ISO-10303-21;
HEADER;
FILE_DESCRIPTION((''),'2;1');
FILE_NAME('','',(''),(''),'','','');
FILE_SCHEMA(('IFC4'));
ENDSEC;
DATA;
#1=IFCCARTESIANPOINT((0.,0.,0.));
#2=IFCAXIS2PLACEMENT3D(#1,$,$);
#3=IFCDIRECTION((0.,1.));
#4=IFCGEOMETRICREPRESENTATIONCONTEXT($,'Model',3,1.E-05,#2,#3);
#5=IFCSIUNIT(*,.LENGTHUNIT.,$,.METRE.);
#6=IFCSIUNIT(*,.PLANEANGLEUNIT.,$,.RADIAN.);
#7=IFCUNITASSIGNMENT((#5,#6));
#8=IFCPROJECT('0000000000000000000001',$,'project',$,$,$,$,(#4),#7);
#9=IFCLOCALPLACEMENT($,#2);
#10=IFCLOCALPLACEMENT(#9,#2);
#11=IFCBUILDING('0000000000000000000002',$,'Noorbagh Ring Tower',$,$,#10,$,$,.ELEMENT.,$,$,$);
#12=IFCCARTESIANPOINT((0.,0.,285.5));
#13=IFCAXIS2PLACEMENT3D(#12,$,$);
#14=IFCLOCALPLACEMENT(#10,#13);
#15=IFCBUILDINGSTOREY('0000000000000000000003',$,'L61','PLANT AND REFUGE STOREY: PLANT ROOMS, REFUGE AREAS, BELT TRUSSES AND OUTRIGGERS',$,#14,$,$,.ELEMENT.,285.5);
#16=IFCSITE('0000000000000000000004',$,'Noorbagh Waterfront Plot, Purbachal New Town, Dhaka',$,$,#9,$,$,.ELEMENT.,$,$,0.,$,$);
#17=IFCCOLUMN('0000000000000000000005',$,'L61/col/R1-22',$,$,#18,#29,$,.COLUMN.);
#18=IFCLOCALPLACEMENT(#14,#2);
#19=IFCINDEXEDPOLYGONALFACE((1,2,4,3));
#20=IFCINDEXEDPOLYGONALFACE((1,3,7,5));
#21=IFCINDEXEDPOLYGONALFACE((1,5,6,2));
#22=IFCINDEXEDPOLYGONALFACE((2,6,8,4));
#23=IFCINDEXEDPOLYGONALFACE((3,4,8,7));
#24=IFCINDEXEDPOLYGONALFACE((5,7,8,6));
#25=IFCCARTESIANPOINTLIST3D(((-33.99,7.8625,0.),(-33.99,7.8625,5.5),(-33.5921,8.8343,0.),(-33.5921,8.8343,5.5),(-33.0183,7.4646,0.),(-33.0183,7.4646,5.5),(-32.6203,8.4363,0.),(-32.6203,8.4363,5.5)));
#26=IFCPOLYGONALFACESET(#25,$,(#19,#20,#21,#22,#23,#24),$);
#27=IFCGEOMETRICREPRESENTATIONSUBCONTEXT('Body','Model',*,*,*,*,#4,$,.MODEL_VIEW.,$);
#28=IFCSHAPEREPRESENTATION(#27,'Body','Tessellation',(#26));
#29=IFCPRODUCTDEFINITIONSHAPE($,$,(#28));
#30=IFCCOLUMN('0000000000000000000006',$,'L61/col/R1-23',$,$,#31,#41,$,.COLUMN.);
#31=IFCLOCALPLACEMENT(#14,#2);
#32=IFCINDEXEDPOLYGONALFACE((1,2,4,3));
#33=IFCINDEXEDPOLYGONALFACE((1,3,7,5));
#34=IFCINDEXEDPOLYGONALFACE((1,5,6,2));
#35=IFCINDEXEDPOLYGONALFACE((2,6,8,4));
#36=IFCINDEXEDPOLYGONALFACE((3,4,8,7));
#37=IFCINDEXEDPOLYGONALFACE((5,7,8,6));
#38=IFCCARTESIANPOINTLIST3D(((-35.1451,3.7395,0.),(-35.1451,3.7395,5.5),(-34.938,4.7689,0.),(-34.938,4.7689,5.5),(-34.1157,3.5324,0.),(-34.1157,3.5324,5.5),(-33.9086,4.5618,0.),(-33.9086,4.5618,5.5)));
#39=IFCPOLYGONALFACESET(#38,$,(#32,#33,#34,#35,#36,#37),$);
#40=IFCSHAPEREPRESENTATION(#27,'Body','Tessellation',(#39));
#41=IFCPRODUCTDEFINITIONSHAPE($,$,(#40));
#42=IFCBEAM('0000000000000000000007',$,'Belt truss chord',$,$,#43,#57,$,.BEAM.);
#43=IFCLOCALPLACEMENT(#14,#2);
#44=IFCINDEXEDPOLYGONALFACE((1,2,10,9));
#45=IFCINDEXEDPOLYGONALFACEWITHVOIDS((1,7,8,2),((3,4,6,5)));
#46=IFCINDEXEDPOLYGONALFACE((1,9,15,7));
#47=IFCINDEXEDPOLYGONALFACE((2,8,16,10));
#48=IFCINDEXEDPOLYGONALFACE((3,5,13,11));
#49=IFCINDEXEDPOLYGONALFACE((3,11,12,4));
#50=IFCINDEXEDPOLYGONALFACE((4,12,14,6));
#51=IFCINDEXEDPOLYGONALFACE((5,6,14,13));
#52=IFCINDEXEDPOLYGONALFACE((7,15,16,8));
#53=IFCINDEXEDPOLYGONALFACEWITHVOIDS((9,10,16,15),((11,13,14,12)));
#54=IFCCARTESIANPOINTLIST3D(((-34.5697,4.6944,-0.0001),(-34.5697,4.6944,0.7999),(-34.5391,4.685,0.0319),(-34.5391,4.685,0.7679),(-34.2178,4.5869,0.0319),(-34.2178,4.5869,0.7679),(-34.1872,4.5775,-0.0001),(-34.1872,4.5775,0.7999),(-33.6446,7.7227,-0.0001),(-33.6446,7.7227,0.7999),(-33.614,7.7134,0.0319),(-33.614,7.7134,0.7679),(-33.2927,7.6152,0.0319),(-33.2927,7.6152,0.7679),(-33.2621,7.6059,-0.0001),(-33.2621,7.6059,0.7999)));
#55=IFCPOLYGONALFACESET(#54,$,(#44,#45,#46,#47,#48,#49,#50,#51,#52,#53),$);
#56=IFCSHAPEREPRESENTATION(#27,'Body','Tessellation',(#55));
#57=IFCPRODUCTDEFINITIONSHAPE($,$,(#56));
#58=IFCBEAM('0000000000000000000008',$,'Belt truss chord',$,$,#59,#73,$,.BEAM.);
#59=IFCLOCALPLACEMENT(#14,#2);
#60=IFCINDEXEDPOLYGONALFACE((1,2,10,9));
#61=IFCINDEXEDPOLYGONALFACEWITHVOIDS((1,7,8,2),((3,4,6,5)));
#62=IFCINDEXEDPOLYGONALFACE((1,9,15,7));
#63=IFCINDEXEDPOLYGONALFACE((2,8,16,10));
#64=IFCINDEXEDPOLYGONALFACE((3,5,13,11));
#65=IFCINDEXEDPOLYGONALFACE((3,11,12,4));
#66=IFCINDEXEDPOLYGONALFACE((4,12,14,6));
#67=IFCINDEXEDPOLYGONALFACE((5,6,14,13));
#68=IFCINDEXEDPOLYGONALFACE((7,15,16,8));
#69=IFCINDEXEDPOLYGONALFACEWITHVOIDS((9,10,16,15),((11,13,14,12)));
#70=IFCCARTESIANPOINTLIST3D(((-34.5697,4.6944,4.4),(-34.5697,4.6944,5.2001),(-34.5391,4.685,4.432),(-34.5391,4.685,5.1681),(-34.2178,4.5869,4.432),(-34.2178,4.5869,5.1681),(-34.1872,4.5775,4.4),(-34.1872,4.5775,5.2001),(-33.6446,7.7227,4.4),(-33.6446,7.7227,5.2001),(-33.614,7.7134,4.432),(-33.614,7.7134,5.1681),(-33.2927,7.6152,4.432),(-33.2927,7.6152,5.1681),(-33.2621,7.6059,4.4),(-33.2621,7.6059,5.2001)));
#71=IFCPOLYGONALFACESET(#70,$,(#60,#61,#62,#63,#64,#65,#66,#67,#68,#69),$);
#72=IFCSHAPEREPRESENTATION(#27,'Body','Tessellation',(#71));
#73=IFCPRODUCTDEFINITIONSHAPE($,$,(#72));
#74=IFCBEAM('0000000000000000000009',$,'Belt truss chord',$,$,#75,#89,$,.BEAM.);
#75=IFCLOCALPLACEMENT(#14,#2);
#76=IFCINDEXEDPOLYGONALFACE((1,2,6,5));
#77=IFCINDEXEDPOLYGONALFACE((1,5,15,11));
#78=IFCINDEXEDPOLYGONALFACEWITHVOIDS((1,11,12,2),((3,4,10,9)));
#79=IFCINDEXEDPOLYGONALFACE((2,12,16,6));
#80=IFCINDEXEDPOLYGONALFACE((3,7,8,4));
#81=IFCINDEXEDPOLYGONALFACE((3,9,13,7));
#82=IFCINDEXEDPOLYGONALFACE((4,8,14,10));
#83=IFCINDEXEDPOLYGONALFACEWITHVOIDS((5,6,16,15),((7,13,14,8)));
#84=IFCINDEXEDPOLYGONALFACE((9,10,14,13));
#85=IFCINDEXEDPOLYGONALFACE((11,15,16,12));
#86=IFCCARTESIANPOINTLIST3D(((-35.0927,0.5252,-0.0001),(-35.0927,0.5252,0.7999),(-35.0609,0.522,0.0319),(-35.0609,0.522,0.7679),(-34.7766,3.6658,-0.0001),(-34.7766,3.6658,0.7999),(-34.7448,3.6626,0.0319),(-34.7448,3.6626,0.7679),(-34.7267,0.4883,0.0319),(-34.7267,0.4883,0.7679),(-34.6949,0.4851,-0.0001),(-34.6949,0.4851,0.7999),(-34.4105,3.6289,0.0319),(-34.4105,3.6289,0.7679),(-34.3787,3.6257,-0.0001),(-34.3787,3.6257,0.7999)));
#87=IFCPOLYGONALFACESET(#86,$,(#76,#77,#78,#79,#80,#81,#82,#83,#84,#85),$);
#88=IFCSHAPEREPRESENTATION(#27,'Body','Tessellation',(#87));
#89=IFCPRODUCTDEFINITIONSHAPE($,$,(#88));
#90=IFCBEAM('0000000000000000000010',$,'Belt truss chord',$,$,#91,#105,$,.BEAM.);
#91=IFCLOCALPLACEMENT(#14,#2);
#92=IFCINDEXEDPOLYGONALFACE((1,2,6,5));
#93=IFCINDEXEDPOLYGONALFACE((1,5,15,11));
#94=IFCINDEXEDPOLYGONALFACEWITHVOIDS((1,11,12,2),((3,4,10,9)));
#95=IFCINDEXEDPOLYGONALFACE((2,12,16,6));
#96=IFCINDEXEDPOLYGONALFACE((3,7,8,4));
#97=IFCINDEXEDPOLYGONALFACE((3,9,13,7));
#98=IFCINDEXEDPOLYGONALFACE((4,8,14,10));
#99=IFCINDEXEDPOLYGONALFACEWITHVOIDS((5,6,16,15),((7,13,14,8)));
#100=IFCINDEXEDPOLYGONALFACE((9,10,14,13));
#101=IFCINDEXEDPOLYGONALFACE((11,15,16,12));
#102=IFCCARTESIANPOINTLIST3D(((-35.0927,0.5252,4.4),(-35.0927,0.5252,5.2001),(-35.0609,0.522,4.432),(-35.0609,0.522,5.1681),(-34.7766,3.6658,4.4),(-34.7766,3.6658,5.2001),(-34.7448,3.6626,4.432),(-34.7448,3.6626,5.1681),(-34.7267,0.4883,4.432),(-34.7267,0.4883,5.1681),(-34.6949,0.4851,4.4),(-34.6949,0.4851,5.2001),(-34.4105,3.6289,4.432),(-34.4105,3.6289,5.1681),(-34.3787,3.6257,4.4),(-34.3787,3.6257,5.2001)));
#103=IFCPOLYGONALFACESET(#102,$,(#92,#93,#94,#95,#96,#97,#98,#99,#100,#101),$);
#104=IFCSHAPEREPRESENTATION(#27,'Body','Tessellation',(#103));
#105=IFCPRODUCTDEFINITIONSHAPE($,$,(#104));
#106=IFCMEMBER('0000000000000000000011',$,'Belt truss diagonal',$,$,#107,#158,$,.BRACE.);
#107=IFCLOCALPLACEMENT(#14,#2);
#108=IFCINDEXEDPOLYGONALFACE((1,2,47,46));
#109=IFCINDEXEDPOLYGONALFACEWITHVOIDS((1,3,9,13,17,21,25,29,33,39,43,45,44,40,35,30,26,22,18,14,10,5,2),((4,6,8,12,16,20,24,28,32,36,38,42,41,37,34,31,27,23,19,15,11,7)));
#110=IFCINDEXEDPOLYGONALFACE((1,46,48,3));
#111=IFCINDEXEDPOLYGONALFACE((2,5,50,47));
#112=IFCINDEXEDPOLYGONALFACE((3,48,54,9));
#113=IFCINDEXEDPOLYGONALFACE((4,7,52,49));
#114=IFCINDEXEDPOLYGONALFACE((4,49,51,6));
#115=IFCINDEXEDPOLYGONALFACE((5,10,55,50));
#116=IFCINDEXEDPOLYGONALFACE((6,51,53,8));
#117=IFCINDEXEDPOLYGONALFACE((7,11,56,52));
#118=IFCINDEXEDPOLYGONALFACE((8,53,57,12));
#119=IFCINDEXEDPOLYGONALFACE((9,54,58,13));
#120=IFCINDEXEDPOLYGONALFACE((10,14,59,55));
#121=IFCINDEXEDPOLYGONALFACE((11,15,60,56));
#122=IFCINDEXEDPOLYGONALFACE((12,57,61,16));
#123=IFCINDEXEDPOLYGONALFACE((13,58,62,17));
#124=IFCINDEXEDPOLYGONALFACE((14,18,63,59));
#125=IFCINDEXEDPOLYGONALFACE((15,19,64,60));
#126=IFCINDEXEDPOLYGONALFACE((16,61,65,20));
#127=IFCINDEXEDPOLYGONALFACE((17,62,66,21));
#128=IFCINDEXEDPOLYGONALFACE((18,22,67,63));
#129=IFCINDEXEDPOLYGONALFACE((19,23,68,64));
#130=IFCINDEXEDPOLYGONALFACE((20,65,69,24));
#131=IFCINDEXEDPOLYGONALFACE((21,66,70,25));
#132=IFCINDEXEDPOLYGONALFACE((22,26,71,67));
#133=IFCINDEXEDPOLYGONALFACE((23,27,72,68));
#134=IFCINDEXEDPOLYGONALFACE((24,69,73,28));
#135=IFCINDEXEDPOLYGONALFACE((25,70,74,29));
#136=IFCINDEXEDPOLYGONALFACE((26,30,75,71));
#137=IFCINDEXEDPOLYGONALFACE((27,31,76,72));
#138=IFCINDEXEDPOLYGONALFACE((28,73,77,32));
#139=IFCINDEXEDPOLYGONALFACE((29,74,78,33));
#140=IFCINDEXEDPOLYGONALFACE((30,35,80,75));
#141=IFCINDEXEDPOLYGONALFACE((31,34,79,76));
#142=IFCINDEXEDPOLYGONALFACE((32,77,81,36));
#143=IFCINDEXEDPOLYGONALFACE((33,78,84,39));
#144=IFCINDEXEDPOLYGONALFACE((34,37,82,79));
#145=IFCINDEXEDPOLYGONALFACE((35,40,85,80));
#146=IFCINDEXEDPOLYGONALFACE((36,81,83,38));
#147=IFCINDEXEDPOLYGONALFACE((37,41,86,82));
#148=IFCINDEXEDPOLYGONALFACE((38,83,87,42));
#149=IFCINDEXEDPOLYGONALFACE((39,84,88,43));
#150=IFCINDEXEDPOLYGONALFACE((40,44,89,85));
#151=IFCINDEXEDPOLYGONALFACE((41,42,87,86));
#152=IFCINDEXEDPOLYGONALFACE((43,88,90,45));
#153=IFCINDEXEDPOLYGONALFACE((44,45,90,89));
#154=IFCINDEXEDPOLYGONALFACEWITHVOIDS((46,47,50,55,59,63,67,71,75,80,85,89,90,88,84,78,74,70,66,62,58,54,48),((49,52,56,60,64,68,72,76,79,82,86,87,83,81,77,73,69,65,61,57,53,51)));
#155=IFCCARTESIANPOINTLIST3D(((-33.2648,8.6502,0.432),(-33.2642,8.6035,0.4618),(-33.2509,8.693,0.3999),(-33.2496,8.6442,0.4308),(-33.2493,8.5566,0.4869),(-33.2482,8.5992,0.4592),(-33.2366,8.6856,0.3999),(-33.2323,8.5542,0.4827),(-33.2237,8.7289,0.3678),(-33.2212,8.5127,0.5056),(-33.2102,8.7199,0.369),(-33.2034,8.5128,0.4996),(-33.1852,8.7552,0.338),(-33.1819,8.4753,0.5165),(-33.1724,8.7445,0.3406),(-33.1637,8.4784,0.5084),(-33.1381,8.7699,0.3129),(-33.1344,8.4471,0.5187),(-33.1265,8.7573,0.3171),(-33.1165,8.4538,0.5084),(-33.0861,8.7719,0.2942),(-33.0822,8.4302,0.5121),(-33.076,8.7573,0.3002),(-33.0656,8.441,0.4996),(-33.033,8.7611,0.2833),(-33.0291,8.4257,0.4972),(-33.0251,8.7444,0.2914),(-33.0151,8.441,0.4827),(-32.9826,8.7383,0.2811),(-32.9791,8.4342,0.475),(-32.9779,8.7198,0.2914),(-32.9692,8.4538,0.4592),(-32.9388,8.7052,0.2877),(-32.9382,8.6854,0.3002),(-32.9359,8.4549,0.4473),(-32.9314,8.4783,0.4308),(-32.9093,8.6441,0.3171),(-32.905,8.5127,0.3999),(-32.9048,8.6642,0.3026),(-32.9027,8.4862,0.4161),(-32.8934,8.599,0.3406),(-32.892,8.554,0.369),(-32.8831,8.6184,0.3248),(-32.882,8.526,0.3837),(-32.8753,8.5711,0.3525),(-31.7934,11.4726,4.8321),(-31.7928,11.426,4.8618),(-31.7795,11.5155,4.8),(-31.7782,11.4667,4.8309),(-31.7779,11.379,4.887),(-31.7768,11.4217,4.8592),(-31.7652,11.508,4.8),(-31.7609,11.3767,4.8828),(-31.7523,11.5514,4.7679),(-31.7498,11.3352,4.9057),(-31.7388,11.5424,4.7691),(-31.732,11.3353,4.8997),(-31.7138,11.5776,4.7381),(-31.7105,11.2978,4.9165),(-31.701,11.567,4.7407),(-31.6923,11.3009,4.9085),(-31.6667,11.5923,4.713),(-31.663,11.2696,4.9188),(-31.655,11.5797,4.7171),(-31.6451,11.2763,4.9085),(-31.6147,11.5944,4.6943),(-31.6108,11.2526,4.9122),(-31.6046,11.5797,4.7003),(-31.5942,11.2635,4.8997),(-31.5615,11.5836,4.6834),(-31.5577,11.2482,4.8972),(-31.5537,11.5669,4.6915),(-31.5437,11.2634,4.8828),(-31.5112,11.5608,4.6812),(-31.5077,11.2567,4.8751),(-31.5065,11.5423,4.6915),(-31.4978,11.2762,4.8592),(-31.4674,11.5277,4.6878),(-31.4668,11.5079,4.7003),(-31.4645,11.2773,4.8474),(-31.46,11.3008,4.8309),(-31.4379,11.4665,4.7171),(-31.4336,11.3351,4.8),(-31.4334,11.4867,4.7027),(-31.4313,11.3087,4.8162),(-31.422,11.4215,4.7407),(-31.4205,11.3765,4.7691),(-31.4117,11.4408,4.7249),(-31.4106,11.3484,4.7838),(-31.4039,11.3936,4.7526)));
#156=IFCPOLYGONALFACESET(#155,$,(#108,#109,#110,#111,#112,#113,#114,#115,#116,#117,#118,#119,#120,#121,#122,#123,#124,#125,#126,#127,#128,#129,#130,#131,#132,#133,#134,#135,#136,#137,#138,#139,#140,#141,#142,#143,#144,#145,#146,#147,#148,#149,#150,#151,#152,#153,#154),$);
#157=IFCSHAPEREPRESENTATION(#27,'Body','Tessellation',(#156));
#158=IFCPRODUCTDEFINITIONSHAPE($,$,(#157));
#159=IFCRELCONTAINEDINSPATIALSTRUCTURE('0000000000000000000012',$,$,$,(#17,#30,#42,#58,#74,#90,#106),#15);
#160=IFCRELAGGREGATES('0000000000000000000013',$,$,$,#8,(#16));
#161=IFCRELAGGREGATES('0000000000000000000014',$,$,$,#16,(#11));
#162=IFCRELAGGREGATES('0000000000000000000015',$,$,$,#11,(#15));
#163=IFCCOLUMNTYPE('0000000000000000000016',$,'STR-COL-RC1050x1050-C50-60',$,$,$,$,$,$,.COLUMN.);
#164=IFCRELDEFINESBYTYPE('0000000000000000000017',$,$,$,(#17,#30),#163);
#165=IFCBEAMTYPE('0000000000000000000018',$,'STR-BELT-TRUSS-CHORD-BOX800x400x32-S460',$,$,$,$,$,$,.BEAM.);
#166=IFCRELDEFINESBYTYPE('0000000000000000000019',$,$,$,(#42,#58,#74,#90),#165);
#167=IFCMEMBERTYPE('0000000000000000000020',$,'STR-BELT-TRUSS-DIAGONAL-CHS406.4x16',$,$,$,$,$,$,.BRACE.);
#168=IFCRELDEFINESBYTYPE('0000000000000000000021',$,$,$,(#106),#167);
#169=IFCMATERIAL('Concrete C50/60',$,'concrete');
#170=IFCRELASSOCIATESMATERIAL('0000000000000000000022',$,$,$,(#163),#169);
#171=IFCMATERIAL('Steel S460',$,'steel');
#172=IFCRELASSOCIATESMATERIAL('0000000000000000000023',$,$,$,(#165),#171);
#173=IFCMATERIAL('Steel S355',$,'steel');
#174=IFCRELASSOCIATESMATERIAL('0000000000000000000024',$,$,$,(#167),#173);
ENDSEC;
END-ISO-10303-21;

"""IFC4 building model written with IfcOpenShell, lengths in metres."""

from ifc_helpers import new_model, si_unit, direction, frame, origin, origin_2d, place, context, subcontext, project, spatial, rectangle, hollow_rectangle, hollow_circle, extrude, material, material_profile, profile_set, type_object, element, save


model = new_model("IFC4")

# Units and contexts
model_context = context("Model", 3, precision=1e-05, world=origin(), true_north=direction((0.0, 1.0)))
body_context = subcontext(model_context, "Body", "Model", "MODEL_VIEW")
ifc_project = project(units=[si_unit("LENGTHUNIT", "METRE"), si_unit("PLANEANGLEUNIT", "RADIAN")], contexts=[model_context])

# Site, building, storey
site_placement = place(None, origin())
site = spatial("IfcSite", under=ifc_project, at=site_placement, Name="Noorbagh Waterfront Plot, Purbachal New Town, Dhaka", CompositionType="ELEMENT", RefElevation=0.0)
building_placement = place(site_placement, origin())
building = spatial("IfcBuilding", under=site, at=building_placement, Name="Noorbagh Ring Tower", CompositionType="ELEMENT")
storey_placement = place(building_placement, frame((0.0, 0.0, 285.5)))
storey = spatial("IfcBuildingStorey", under=building, at=storey_placement, Name="L61", Description="PLANT AND REFUGE STOREY: PLANT ROOMS, REFUGE AREAS, BELT TRUSSES AND OUTRIGGERS", CompositionType="ELEMENT", Elevation=285.5)

# Columns
ifc_material_1 = material(Name="Concrete C50/60", Category="concrete")
ifc_material_profile_1 = material_profile(ifc_material_1, rectangle(XDim=1.05, YDim=1.05, at=origin_2d()), Name="RC1050x1050")
ifc_profile_set_1 = profile_set([ifc_material_profile_1], Name="Concrete C50/60")
column_type = type_object("IfcColumnType", Name="STR-COL-RC1050x1050-C50-60", PredefinedType="COLUMN", material=ifc_profile_set_1)
for number, where, z_axis, x_axis, name in (
    (1, (-33.3052, 8.1494, 0.0), (0.0, 0.0, 1.0), (-0.378989, -0.925401, 0.0), "L61/col/R1-22"),
    (2, (-34.5269, 4.1506, 0.0), (0.0, 0.0, 1.0), (-0.19723, -0.980357, 0.0), "L61/col/R1-23"),
):
    element("IfcColumn", number, at=place(storey_placement, frame(where, z_axis=z_axis, x_axis=x_axis)), inside=storey, type_object=column_type, Name=name, PredefinedType="COLUMN", context=body_context, shape_type="SweptSolid", body=[
        extrude(rectangle(XDim=1.05, YDim=1.05, at=origin_2d()), origin(), (0.0, 0.0, 1.0), 5.5),
    ])

# Beams
ifc_material_2 = material(Name="Steel S460", Category="steel")
ifc_material_profile_2 = material_profile(ifc_material_2, hollow_rectangle(XDim=0.3999, YDim=0.8, WallThickness=0.032, at=origin_2d()), Name="BOX800x400x32")
ifc_profile_set_2 = profile_set([ifc_material_profile_2], Name="Steel S460")
beam_type_1 = type_object("IfcBeamType", Name="STR-BELT-TRUSS-CHORD-BOX800x400x32-S460", PredefinedType="BEAM", material=ifc_profile_set_2)
for number, where, z_axis, x_axis, name in (
    (3, (-33.4534, 7.6643, 0.3999), (-0.29214, -0.956376, 0.0), (0.956376, -0.29214, 0.0), "Belt truss chord"),
    (4, (-33.4534, 7.6643, 4.8), (-0.29214, -0.956376, 0.0), (0.956376, -0.29214, 0.0), "Belt truss chord"),
):
    element("IfcBeam", number, at=place(storey_placement, frame(where, z_axis=z_axis, x_axis=x_axis)), inside=storey, type_object=beam_type_1, Name=name, PredefinedType="BEAM", context=body_context, shape_type="SweptSolid", body=[
        extrude(hollow_rectangle(XDim=0.3999, YDim=0.8, WallThickness=0.032, at=origin_2d()), origin(), (0.0, 0.0, 1.0), 3.1665),
    ])
for number, where, z_axis, x_axis, name in (
    (5, (-34.5776, 3.6458, 0.3999), (-0.100162, -0.994971, 0.0), (0.994971, -0.100162, 0.0), "Belt truss chord"),
    (6, (-34.5776, 3.6458, 4.8), (-0.100162, -0.994971, 0.0), (0.994971, -0.100162, 0.0), "Belt truss chord"),
):
    element("IfcBeam", number, at=place(storey_placement, frame(where, z_axis=z_axis, x_axis=x_axis)), inside=storey, type_object=beam_type_1, Name=name, PredefinedType="BEAM", context=body_context, shape_type="SweptSolid", body=[
        extrude(hollow_rectangle(XDim=0.3999, YDim=0.8, WallThickness=0.032, at=origin_2d()), origin(), (0.0, 0.0, 1.0), 3.1565),
    ])

# Member
ifc_material_3 = material(Name="Steel S355", Category="steel")
ifc_material_profile_3 = material_profile(ifc_material_3, hollow_circle(Radius=0.2031, WallThickness=0.0161, at=origin_2d()), Name="CHS406.4x16")
ifc_profile_set_3 = profile_set([ifc_material_profile_3], Name="Steel S355")
member_type_1 = type_object("IfcMemberType", Name="STR-BELT-TRUSS-DIAGONAL-CHS406.4x16", PredefinedType="BRACE", material=ifc_profile_set_3)
member_1_placement = place(storey_placement, frame((-33.0708, 8.5991, 0.3999), z_axis=(0.270946, 0.519728, 0.810229), x_axis=(-0.886737, 0.462275, 0.0)))
element("IfcMember", 7, at=member_1_placement, inside=storey, type_object=member_type_1, Name="Belt truss diagonal", PredefinedType="BRACE", context=body_context, shape_type="SweptSolid", body=[
    extrude(hollow_circle(Radius=0.2031, WallThickness=0.0161, at=origin_2d()), origin(), (0.0, 0.0, 1.0), 5.4307),
])

save(model, "model.ifc")
